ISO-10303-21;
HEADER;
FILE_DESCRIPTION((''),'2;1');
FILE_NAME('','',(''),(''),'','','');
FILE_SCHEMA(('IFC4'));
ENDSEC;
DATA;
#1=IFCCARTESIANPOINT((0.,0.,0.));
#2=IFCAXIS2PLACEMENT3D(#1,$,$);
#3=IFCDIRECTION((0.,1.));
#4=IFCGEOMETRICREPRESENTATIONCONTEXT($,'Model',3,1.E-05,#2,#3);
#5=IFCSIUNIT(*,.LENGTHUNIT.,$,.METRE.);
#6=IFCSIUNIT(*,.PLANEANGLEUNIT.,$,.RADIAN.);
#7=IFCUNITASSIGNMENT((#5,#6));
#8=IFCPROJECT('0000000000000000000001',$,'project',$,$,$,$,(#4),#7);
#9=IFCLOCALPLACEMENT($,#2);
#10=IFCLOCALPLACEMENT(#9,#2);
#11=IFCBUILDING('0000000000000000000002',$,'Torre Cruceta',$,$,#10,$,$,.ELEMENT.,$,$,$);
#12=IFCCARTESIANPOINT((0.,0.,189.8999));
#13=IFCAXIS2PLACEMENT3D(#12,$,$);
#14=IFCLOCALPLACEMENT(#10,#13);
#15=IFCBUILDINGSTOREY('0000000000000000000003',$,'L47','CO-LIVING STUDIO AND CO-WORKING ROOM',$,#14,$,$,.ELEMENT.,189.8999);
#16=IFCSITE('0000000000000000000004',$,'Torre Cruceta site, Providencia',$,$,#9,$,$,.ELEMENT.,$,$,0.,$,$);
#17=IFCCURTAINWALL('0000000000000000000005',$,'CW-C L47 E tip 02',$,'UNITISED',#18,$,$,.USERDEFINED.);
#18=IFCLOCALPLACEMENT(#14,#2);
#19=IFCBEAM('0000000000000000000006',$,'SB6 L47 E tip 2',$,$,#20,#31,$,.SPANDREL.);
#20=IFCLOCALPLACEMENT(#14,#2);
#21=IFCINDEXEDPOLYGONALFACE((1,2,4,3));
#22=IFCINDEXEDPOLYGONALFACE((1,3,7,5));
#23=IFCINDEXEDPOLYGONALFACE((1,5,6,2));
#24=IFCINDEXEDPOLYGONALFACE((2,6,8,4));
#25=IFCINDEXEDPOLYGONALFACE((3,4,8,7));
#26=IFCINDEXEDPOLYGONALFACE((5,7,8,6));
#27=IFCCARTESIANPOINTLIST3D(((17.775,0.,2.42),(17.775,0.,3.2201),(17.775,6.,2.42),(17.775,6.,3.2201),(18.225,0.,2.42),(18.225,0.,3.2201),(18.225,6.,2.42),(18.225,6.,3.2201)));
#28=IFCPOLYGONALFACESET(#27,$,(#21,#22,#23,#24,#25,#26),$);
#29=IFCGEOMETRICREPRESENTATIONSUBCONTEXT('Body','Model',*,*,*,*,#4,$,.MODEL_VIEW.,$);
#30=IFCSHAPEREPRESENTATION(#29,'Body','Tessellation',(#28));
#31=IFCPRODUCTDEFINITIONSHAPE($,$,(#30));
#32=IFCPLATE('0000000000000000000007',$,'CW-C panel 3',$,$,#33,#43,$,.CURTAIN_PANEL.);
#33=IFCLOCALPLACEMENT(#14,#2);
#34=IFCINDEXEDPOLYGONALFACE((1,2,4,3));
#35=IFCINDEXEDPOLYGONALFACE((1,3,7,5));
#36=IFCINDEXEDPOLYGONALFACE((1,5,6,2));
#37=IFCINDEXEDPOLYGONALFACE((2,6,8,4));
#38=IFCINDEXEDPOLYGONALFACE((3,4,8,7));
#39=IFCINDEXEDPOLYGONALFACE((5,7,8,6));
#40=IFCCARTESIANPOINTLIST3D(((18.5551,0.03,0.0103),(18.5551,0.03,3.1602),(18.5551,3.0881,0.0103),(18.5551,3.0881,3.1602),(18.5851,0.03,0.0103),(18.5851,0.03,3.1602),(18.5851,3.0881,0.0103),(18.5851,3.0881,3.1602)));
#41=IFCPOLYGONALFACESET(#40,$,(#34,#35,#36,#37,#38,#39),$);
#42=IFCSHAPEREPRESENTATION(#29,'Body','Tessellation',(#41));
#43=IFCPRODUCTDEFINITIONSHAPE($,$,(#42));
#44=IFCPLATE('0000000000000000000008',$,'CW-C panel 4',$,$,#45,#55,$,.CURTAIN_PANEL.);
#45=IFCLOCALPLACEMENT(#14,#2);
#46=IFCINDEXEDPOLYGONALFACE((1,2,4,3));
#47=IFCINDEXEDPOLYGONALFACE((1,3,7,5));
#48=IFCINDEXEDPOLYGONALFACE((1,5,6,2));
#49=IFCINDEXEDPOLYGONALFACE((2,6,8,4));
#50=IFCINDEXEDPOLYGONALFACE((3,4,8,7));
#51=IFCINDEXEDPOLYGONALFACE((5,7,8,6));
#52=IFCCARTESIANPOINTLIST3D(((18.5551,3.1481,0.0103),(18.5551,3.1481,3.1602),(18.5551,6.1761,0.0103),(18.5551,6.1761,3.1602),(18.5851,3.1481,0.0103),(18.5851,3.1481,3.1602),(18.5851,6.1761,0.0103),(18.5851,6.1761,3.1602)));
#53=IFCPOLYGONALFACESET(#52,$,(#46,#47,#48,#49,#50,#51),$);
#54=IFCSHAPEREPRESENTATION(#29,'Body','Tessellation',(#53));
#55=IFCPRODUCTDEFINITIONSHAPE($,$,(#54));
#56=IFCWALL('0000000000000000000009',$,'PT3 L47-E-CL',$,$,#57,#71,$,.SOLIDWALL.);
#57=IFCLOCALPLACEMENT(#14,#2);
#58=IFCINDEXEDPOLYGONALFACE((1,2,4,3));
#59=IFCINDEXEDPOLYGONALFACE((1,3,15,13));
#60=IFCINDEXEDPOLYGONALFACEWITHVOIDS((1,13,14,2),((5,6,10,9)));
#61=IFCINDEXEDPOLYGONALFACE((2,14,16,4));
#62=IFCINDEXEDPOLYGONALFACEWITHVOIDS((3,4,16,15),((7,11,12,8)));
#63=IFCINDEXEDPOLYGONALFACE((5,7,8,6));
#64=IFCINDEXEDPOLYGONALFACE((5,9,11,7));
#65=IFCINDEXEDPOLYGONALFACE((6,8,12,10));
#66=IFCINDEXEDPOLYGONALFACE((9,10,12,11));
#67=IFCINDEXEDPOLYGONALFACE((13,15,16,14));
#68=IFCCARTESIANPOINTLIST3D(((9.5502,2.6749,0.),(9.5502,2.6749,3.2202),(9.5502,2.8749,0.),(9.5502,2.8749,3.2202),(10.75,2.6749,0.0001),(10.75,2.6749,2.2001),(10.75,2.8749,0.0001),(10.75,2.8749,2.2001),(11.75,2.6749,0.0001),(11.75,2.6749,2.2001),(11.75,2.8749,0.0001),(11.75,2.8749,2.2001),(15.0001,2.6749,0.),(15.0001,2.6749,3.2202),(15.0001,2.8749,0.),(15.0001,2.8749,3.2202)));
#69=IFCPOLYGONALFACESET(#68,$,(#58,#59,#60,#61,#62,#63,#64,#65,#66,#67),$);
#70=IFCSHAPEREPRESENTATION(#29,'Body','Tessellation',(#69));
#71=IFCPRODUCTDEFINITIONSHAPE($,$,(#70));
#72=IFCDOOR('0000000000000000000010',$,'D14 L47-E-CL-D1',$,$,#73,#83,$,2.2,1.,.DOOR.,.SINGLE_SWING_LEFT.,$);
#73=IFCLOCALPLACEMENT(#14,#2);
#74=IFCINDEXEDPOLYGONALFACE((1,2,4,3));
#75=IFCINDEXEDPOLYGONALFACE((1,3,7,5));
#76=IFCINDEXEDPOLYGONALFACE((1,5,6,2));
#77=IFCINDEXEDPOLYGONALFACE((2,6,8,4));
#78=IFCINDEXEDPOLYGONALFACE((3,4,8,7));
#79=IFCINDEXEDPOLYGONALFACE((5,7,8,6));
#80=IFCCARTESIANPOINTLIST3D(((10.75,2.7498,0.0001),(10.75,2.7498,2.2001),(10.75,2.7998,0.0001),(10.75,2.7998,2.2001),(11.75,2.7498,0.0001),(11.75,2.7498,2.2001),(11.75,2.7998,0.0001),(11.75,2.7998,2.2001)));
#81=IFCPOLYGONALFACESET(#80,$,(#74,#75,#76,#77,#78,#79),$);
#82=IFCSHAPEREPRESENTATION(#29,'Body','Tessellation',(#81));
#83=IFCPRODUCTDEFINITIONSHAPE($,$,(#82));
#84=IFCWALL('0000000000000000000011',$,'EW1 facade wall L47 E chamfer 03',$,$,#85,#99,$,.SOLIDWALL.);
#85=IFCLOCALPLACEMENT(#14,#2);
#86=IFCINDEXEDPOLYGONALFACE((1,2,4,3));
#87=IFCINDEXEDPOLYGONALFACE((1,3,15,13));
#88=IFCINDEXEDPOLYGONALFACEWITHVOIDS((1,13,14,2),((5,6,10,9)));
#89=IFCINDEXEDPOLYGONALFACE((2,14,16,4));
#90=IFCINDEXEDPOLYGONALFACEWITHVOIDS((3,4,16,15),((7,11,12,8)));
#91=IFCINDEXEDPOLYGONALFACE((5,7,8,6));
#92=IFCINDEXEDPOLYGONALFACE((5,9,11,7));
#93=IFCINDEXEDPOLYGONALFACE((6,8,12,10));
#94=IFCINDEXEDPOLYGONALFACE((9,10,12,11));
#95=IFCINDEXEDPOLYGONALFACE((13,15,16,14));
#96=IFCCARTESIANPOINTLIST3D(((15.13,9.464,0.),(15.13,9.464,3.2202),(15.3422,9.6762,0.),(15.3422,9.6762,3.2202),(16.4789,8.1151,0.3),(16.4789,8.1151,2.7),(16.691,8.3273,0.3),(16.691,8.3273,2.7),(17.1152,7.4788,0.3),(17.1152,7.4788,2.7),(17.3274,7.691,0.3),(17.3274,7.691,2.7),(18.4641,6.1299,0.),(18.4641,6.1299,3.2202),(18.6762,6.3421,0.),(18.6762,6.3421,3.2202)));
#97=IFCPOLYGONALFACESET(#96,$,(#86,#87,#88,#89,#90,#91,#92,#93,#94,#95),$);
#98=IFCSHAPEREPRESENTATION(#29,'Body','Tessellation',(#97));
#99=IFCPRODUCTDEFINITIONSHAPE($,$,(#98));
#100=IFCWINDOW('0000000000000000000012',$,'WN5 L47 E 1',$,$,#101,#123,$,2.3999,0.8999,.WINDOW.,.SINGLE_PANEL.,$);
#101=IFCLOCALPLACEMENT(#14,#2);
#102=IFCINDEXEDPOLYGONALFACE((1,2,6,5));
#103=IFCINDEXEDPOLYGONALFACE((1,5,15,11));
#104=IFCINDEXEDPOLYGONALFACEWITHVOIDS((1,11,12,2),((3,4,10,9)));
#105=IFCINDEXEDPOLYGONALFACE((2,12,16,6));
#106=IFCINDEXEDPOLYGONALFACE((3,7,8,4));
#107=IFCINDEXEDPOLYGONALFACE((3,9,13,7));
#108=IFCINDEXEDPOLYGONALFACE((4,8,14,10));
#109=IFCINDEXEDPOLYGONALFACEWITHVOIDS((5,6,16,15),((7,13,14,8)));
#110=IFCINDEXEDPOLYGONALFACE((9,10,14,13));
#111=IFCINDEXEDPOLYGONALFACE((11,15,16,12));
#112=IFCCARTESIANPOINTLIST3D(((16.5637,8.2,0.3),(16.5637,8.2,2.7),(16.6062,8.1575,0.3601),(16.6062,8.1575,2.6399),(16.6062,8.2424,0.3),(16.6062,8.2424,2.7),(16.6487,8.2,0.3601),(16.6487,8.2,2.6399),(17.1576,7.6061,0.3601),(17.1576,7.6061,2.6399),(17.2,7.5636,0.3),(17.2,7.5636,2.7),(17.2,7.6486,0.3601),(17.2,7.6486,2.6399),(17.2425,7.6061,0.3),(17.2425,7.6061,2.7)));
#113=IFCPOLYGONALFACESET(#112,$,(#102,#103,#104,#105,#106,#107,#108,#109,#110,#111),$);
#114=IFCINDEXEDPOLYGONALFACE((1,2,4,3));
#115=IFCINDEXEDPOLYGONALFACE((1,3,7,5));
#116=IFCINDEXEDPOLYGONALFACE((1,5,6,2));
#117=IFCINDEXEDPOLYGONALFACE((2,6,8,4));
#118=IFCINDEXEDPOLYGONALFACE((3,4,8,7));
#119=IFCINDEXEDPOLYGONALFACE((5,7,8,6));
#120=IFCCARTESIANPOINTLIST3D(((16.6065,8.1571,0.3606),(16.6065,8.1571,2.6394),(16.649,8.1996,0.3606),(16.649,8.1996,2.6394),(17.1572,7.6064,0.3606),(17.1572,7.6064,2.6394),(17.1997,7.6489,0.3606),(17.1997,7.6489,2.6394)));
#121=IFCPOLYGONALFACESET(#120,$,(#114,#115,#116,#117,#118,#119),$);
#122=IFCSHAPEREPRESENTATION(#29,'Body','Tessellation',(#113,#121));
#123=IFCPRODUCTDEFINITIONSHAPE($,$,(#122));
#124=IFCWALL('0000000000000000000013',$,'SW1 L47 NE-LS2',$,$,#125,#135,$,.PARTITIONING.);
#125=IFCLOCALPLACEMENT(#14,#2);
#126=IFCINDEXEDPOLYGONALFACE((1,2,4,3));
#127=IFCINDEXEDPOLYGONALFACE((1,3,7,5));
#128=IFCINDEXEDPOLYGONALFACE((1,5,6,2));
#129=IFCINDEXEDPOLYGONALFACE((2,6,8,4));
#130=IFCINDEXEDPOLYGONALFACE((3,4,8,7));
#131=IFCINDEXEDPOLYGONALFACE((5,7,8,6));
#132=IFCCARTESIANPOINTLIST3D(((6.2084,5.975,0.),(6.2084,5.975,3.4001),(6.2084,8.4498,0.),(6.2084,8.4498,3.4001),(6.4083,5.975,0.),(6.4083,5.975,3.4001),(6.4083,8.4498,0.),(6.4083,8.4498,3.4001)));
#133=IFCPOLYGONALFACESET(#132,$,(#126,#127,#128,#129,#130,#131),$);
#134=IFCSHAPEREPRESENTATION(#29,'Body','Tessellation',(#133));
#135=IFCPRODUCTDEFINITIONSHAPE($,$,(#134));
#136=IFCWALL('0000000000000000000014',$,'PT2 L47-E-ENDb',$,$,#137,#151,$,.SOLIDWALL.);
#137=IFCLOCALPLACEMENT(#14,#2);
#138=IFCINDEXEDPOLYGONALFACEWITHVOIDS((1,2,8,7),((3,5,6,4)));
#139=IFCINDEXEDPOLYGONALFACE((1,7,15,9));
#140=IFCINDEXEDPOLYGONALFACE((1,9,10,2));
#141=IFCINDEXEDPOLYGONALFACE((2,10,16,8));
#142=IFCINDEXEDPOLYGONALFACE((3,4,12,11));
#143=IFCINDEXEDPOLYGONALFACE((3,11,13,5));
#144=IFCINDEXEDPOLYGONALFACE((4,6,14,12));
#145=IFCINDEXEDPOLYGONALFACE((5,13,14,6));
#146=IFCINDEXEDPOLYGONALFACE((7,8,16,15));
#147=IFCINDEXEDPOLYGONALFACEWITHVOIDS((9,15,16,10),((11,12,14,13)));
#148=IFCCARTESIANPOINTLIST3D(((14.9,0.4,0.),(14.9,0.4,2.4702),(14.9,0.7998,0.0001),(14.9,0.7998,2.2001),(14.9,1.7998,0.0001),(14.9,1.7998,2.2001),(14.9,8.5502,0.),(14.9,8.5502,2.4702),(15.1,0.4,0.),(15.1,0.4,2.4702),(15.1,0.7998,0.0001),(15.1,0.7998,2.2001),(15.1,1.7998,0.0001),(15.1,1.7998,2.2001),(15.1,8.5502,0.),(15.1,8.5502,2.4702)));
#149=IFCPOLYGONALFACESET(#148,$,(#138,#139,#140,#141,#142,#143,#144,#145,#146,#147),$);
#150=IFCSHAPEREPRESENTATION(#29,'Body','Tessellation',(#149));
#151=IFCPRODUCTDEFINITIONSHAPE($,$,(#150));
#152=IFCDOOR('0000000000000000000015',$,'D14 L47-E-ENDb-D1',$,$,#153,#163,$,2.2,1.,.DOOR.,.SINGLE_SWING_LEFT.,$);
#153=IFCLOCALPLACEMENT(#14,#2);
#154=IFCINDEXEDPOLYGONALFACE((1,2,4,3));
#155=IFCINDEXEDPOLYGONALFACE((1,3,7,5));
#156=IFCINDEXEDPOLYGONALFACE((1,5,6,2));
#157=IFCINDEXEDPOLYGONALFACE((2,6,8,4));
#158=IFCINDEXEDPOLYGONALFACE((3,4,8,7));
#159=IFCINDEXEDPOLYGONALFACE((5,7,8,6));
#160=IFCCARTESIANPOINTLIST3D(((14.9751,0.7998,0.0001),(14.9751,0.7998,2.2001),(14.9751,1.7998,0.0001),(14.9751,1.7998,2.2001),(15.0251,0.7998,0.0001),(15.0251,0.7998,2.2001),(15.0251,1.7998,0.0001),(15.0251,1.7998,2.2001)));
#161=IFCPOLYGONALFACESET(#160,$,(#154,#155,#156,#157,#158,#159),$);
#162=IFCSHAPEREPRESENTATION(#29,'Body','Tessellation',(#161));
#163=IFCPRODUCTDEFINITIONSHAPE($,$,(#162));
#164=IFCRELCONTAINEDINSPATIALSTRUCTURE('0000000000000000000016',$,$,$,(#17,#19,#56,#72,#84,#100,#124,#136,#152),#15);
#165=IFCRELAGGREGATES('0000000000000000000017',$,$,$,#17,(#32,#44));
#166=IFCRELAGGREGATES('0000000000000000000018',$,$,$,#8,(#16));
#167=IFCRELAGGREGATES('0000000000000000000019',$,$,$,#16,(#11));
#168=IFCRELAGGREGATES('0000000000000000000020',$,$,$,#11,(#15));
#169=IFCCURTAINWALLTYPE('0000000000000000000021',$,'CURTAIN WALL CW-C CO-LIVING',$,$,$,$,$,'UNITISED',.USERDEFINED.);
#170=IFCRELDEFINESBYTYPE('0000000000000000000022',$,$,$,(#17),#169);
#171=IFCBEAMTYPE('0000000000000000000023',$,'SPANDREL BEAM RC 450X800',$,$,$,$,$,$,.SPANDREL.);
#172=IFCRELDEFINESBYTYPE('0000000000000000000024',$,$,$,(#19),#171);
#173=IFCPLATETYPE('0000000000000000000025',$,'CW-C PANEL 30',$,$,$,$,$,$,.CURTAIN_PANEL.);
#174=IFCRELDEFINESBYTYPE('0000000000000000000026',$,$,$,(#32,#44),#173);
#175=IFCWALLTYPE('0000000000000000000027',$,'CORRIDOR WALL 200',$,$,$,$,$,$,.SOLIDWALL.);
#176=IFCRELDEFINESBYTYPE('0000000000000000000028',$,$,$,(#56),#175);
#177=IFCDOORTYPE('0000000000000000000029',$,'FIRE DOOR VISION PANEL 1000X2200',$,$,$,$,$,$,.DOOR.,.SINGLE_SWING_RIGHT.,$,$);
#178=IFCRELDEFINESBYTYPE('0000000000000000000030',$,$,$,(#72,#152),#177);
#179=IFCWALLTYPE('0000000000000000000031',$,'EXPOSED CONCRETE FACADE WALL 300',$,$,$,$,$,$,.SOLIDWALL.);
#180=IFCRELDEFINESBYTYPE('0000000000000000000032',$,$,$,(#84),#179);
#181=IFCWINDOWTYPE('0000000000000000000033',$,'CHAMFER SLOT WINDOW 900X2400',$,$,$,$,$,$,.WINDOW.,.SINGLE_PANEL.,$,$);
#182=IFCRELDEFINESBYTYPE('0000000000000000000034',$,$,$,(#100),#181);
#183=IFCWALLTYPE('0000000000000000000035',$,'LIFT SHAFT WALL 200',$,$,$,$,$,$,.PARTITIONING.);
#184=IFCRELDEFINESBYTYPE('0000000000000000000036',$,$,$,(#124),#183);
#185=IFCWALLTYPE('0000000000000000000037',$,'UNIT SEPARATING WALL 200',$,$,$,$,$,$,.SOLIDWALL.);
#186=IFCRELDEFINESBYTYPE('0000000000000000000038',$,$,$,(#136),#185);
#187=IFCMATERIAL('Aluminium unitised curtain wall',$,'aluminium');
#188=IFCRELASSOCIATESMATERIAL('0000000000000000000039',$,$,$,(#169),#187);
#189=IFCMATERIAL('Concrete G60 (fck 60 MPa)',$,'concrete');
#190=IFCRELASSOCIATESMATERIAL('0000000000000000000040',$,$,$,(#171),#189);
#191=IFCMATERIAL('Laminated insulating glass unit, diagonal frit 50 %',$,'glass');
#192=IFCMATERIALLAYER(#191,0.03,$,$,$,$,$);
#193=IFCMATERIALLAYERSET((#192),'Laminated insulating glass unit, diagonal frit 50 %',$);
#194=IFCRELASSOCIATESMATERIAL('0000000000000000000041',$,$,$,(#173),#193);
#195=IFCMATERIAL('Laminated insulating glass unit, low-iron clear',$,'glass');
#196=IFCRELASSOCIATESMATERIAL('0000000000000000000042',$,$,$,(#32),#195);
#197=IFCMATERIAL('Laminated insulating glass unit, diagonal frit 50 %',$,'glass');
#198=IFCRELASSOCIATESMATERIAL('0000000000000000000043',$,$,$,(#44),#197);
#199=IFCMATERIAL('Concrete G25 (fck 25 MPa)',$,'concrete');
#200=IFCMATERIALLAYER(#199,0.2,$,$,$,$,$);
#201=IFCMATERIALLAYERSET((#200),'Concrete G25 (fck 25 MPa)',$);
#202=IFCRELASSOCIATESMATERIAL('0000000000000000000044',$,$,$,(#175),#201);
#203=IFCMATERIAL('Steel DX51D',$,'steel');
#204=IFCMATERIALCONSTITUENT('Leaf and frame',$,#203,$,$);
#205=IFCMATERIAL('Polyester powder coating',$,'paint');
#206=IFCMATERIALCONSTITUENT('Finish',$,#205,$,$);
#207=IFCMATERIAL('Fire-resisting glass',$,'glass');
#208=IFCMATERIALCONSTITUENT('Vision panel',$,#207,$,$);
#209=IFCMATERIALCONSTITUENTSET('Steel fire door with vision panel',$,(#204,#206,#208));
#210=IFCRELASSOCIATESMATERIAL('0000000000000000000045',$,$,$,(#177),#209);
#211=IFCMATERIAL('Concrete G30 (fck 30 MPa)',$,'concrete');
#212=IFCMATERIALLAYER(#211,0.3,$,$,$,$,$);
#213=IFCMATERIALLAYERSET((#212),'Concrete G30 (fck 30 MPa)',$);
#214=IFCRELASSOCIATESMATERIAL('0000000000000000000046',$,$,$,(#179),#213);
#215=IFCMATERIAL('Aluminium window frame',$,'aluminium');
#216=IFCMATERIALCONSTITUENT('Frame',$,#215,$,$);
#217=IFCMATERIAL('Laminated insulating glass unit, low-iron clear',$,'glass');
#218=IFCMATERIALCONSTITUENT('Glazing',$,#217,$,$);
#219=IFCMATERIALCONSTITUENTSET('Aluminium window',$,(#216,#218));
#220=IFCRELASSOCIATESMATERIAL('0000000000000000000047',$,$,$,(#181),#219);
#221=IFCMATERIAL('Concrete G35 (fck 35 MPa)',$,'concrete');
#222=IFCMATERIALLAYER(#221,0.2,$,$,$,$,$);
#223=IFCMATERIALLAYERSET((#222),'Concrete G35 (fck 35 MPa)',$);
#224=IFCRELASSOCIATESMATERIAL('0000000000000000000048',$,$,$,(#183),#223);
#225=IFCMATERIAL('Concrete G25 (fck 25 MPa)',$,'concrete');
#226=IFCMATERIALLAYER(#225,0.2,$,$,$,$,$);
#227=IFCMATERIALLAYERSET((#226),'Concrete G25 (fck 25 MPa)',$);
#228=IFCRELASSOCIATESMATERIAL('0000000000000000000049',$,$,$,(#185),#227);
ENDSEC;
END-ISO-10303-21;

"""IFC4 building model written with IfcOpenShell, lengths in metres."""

from ifc_helpers import new_model, si_unit, direction, frame, frame_2d, origin, origin_2d, place, context, subcontext, project, spatial, rectangle, hollow_rectangle, extrude, material, layer, layer_set, constituent, constituent_set, material_profile, profile_set, type_object, element, fill, aggregate, save


model = new_model("IFC4")

# Units and contexts
model_context = context("Model", 3, precision=1e-05, world=origin(), true_north=direction((0.0, 1.0)))
body_context = subcontext(model_context, "Body", "Model", "MODEL_VIEW")
ifc_project = project(units=[si_unit("LENGTHUNIT", "METRE"), si_unit("PLANEANGLEUNIT", "RADIAN")], contexts=[model_context])

# Site, building, storey
site_placement = place(None, origin())
site = spatial("IfcSite", under=ifc_project, at=site_placement, Name="Torre Cruceta site, Providencia", CompositionType="ELEMENT", RefElevation=0.0)
building_placement = place(site_placement, origin())
building = spatial("IfcBuilding", under=site, at=building_placement, Name="Torre Cruceta", CompositionType="ELEMENT")
storey_placement = place(building_placement, frame((0.0, 0.0, 189.8999)))
storey = spatial("IfcBuildingStorey", under=building, at=storey_placement, Name="L47", Description="CO-LIVING STUDIO AND CO-WORKING ROOM", CompositionType="ELEMENT", Elevation=189.8999)

# Curtain wall
ifc_material_1 = material(Name="Aluminium unitised curtain wall", Category="aluminium")
curtain_wall_type = type_object("IfcCurtainWallType", Name="CURTAIN WALL CW-C CO-LIVING", ElementType="UNITISED", PredefinedType="USERDEFINED", material=ifc_material_1)
curtain_wall_placement = place(storey_placement, origin())
curtain_wall = element("IfcCurtainWall", 1, at=curtain_wall_placement, inside=storey, type_object=curtain_wall_type, Name="CW-C L47 E tip 02", ObjectType="UNITISED", PredefinedType="USERDEFINED")

# Beam
ifc_material_2 = material(Name="Concrete G60 (fck 60 MPa)", Category="concrete")
ifc_material_profile_1 = material_profile(ifc_material_2, rectangle(XDim=0.45, YDim=0.8, at=origin_2d()), Name="RC 450X800")
ifc_profile_set_1 = profile_set([ifc_material_profile_1], Name="Concrete G60 (fck 60 MPa)")
beam_type_1 = type_object("IfcBeamType", Name="SPANDREL BEAM RC 450X800", PredefinedType="SPANDREL", material=ifc_profile_set_1)
for number, where, z_axis, x_axis, name in (
    (2, (18.0, 0.0, 2.8201), (0.0, 1.0, 0.0), (-1.0, 0.0, 0.0), "SB6 L47 E tip 2"),
):
    element("IfcBeam", number, at=place(storey_placement, frame(where, z_axis=z_axis, x_axis=x_axis)), inside=storey, type_object=beam_type_1, Name=name, PredefinedType="SPANDREL", context=body_context, shape_type="SweptSolid", body=[
        extrude(rectangle(XDim=0.45, YDim=0.8, at=origin_2d()), origin(), (0.0, 0.0, 1.0), 6.0),
    ])

# Plates
ifc_material_3 = material(Name="Laminated insulating glass unit, low-iron clear", Category="glass")
ifc_material_4 = material(Name="Laminated insulating glass unit, diagonal frit 50 %", Category="glass")
ifc_layer_1 = layer(ifc_material_4, 0.03)
ifc_layer_set_1 = layer_set([ifc_layer_1], Name="Laminated insulating glass unit, diagonal frit 50 %")
plate_type = type_object("IfcPlateType", Name="CW-C PANEL 30", PredefinedType="CURTAIN_PANEL", material=ifc_layer_set_1)
plate_1_placement = place(storey_placement, frame((18.5701, 1.5591, 0.0103), z_axis=(0.0, 0.0, 1.0), x_axis=(0.0, 1.0, 0.0)))
plate_1 = element("IfcPlate", 3, at=plate_1_placement, type_object=plate_type, material=ifc_material_3, Name="CW-C panel 3", PredefinedType="CURTAIN_PANEL", context=body_context, shape_type="SweptSolid", body=[
    extrude(rectangle(XDim=3.0581, YDim=0.03, at=origin_2d()), origin(), (0.0, 0.0, 1.0), 3.1499),
])
ifc_material_5 = material(Name="Laminated insulating glass unit, diagonal frit 50 %", Category="glass")
plate_2_placement = place(storey_placement, frame((18.5701, 4.6621, 0.0103), z_axis=(0.0, 0.0, 1.0), x_axis=(0.0, 1.0, 0.0)))
plate_2 = element("IfcPlate", 4, at=plate_2_placement, type_object=plate_type, material=ifc_material_5, Name="CW-C panel 4", PredefinedType="CURTAIN_PANEL", context=body_context, shape_type="SweptSolid", body=[
    extrude(rectangle(XDim=3.0281, YDim=0.03, at=origin_2d()), origin(), (0.0, 0.0, 1.0), 3.1499),
])
aggregate(curtain_wall, [plate_1, plate_2])

# Wall, opening, door
ifc_material_6 = material(Name="Concrete G25 (fck 25 MPa)", Category="concrete")
ifc_layer_2 = layer(ifc_material_6, 0.2)
ifc_layer_set_2 = layer_set([ifc_layer_2], Name="Concrete G25 (fck 25 MPa)")
wall_type_1 = type_object("IfcWallType", Name="CORRIDOR WALL 200", PredefinedType="SOLIDWALL", material=ifc_layer_set_2)
wall_1_placement = place(storey_placement, frame((9.55, 2.7749, 0.0), z_axis=(0.0, 0.0, 1.0), x_axis=(1.0, 0.0, 0.0)))
wall_1 = element("IfcWall", 5, at=wall_1_placement, inside=storey, type_object=wall_type_1, Name="PT3 L47-E-CL", PredefinedType="SOLIDWALL", context=body_context, shape_type="SweptSolid", body=[
    extrude(rectangle(XDim=5.45, YDim=0.2, at=frame_2d((2.7251, 0.0))), origin(), (0.0, 0.0, 1.0), 3.2202),
])
opening_1_placement = place(wall_1_placement, frame((1.2, 0.0, 0.0)))
opening_1 = element("IfcOpeningElement", 6, at=opening_1_placement, cuts=wall_1, PredefinedType="OPENING", context=body_context, shape_type="SweptSolid", body=[
    extrude(rectangle(XDim=1.0, YDim=2.2, at=frame_2d((0.5, 1.1001))), frame((0.0, 0.1099, 0.0), z_axis=(0.0, -1.0, 0.0), x_axis=(1.0, 0.0, 0.0)), (0.0, 0.0, 1.0), 0.22),
])
ifc_material_7 = material(Name="Steel DX51D", Category="steel")
ifc_constituent_1 = constituent(ifc_material_7, Name="Leaf and frame")
ifc_material_8 = material(Name="Polyester powder coating", Category="paint")
ifc_constituent_2 = constituent(ifc_material_8, Name="Finish")
ifc_material_9 = material(Name="Fire-resisting glass", Category="glass")
ifc_constituent_3 = constituent(ifc_material_9, Name="Vision panel")
ifc_constituent_set_1 = constituent_set(constituents=[ifc_constituent_1, ifc_constituent_2, ifc_constituent_3], Name="Steel fire door with vision panel")
door_type_1 = type_object("IfcDoorType", Name="FIRE DOOR VISION PANEL 1000X2200", OperationType="SINGLE_SWING_RIGHT", PredefinedType="DOOR", material=ifc_constituent_set_1)
door_1_placement = place(opening_1_placement, origin())
door_1 = element("IfcDoor", 7, at=door_1_placement, inside=storey, type_object=door_type_1, Name="D14 L47-E-CL-D1", OperationType="SINGLE_SWING_LEFT", OverallHeight=2.2, OverallWidth=1.0, PredefinedType="DOOR", context=body_context, shape_type="SweptSolid", body=[
    extrude(rectangle(XDim=1.0, YDim=2.2, at=frame_2d((0.5, 1.1001))), frame((0.0, 0.0249, 0.0), z_axis=(0.0, -1.0, 0.0), x_axis=(1.0, 0.0, 0.0)), (0.0, 0.0, 1.0), 0.05),
])
fill(opening_1, door_1)

# Wall, opening, window
ifc_material_10 = material(Name="Concrete G30 (fck 30 MPa)", Category="concrete")
ifc_layer_3 = layer(ifc_material_10, 0.3)
ifc_layer_set_3 = layer_set([ifc_layer_3], Name="Concrete G30 (fck 30 MPa)")
wall_type_2 = type_object("IfcWallType", Name="EXPOSED CONCRETE FACADE WALL 300", PredefinedType="SOLIDWALL", material=ifc_layer_set_3)
wall_2_placement = place(storey_placement, frame((18.5701, 6.2361, 0.0), z_axis=(0.0, 0.0, 1.0), x_axis=(-0.707107, 0.707107, 0.0)))
wall_2 = element("IfcWall", 8, at=wall_2_placement, inside=storey, type_object=wall_type_2, Name="EW1 facade wall L47 E chamfer 03", PredefinedType="SOLIDWALL", context=body_context, shape_type="SweptSolid", body=[
    extrude(rectangle(XDim=4.7151, YDim=0.3, at=frame_2d((2.3574, 0.0))), origin(), (0.0, 0.0, 1.0), 3.2202),
])
opening_2_placement = place(wall_2_placement, frame((1.9075, 0.0, 0.3)))
opening_2 = element("IfcOpeningElement", 9, at=opening_2_placement, cuts=wall_2, PredefinedType="OPENING", context=body_context, shape_type="SweptSolid", body=[
    extrude(rectangle(XDim=0.8999, YDim=2.3999, at=frame_2d((0.45, 1.2))), frame((0.0, 0.1599, 0.0), z_axis=(0.0, -1.0, 0.0), x_axis=(1.0, 0.0, 0.0)), (0.0, 0.0, 1.0), 0.3201),
])
ifc_material_11 = material(Name="Aluminium window frame", Category="aluminium")
ifc_constituent_4 = constituent(ifc_material_11, Name="Frame")
ifc_material_12 = material(Name="Laminated insulating glass unit, low-iron clear", Category="glass")
ifc_constituent_5 = constituent(ifc_material_12, Name="Glazing")
ifc_constituent_set_2 = constituent_set(constituents=[ifc_constituent_4, ifc_constituent_5], Name="Aluminium window")
window_type = type_object("IfcWindowType", Name="CHAMFER SLOT WINDOW 900X2400", PartitioningType="SINGLE_PANEL", PredefinedType="WINDOW", material=ifc_constituent_set_2)
window_placement = place(opening_2_placement, origin())
window = element("IfcWindow", 10, at=window_placement, inside=storey, type_object=window_type, Name="WN5 L47 E 1", OverallHeight=2.3999, OverallWidth=0.8999, PartitioningType="SINGLE_PANEL", PredefinedType="WINDOW", context=body_context, shape_type="SweptSolid", body=[
    extrude(hollow_rectangle(XDim=0.8999, YDim=2.3999, WallThickness=0.0601, at=frame_2d((0.45, 1.2))), frame((0.0, 0.03, 0.0), z_axis=(0.0, -1.0, 0.0), x_axis=(1.0, 0.0, 0.0)), (0.0, 0.0, 1.0), 0.0601),
    extrude(rectangle(XDim=0.7788, YDim=2.2788, at=frame_2d((0.45, 1.2))), frame((0.0, 0.03, 0.0), z_axis=(0.0, -1.0, 0.0), x_axis=(1.0, 0.0, 0.0)), (0.0, 0.0, 1.0), 0.0601),
])
fill(opening_2, window)

# Wall
ifc_material_13 = material(Name="Concrete G35 (fck 35 MPa)", Category="concrete")
ifc_layer_4 = layer(ifc_material_13, 0.2)
ifc_layer_set_4 = layer_set([ifc_layer_4], Name="Concrete G35 (fck 35 MPa)")
wall_type_3 = type_object("IfcWallType", Name="LIFT SHAFT WALL 200", PredefinedType="PARTITIONING", material=ifc_layer_set_4)
wall_3_placement = place(storey_placement, frame((6.3083, 5.9751, 0.0), z_axis=(0.0, 0.0, 1.0), x_axis=(0.0, 1.0, 0.0)))
element("IfcWall", 11, at=wall_3_placement, inside=storey, type_object=wall_type_3, Name="SW1 L47 NE-LS2", PredefinedType="PARTITIONING", context=body_context, shape_type="SweptSolid", body=[
    extrude(rectangle(XDim=2.4749, YDim=0.2, at=frame_2d((1.2373, 0.0))), origin(), (0.0, 0.0, 1.0), 3.4001),
])

# Wall, opening, door
ifc_material_14 = material(Name="Concrete G25 (fck 25 MPa)", Category="concrete")
ifc_layer_5 = layer(ifc_material_14, 0.2)
ifc_layer_set_5 = layer_set([ifc_layer_5], Name="Concrete G25 (fck 25 MPa)")
wall_type_4 = type_object("IfcWallType", Name="UNIT SEPARATING WALL 200", PredefinedType="SOLIDWALL", material=ifc_layer_set_5)
wall_4_placement = place(storey_placement, frame((15.0, 0.3999, 0.0), z_axis=(0.0, 0.0, 1.0), x_axis=(0.0, 1.0, 0.0)))
wall_4 = element("IfcWall", 12, at=wall_4_placement, inside=storey, type_object=wall_type_4, Name="PT2 L47-E-ENDb", PredefinedType="SOLIDWALL", context=body_context, shape_type="SweptSolid", body=[
    extrude(rectangle(XDim=8.1501, YDim=0.2, at=frame_2d((4.0752, 0.0))), origin(), (0.0, 0.0, 1.0), 2.4702),
])
opening_3_placement = place(wall_4_placement, frame((0.3999, 0.0, 0.0)))
opening_3 = element("IfcOpeningElement", 13, at=opening_3_placement, cuts=wall_4, PredefinedType="OPENING", context=body_context, shape_type="SweptSolid", body=[
    extrude(rectangle(XDim=1.0, YDim=2.2, at=frame_2d((0.5, 1.1001))), frame((0.0, 0.1099, 0.0), z_axis=(0.0, -1.0, 0.0), x_axis=(1.0, 0.0, 0.0)), (0.0, 0.0, 1.0), 0.22),
])
door_2_placement = place(opening_3_placement, frame((1.0, 0.0, 0.0), z_axis=(0.0, 0.0, 1.0), x_axis=(-1.0, 0.0, 0.0)))
door_2 = element("IfcDoor", 14, at=door_2_placement, inside=storey, type_object=door_type_1, Name="D14 L47-E-ENDb-D1", OperationType="SINGLE_SWING_LEFT", OverallHeight=2.2, OverallWidth=1.0, PredefinedType="DOOR", context=body_context, shape_type="SweptSolid", body=[
    extrude(rectangle(XDim=1.0, YDim=2.2, at=frame_2d((0.5, 1.1001))), frame((0.0, 0.0251, 0.0), z_axis=(0.0, -1.0, 0.0), x_axis=(1.0, 0.0, 0.0)), (0.0, 0.0, 1.0), 0.05),
])
fill(opening_3, door_2)

save(model, "model.ifc")
